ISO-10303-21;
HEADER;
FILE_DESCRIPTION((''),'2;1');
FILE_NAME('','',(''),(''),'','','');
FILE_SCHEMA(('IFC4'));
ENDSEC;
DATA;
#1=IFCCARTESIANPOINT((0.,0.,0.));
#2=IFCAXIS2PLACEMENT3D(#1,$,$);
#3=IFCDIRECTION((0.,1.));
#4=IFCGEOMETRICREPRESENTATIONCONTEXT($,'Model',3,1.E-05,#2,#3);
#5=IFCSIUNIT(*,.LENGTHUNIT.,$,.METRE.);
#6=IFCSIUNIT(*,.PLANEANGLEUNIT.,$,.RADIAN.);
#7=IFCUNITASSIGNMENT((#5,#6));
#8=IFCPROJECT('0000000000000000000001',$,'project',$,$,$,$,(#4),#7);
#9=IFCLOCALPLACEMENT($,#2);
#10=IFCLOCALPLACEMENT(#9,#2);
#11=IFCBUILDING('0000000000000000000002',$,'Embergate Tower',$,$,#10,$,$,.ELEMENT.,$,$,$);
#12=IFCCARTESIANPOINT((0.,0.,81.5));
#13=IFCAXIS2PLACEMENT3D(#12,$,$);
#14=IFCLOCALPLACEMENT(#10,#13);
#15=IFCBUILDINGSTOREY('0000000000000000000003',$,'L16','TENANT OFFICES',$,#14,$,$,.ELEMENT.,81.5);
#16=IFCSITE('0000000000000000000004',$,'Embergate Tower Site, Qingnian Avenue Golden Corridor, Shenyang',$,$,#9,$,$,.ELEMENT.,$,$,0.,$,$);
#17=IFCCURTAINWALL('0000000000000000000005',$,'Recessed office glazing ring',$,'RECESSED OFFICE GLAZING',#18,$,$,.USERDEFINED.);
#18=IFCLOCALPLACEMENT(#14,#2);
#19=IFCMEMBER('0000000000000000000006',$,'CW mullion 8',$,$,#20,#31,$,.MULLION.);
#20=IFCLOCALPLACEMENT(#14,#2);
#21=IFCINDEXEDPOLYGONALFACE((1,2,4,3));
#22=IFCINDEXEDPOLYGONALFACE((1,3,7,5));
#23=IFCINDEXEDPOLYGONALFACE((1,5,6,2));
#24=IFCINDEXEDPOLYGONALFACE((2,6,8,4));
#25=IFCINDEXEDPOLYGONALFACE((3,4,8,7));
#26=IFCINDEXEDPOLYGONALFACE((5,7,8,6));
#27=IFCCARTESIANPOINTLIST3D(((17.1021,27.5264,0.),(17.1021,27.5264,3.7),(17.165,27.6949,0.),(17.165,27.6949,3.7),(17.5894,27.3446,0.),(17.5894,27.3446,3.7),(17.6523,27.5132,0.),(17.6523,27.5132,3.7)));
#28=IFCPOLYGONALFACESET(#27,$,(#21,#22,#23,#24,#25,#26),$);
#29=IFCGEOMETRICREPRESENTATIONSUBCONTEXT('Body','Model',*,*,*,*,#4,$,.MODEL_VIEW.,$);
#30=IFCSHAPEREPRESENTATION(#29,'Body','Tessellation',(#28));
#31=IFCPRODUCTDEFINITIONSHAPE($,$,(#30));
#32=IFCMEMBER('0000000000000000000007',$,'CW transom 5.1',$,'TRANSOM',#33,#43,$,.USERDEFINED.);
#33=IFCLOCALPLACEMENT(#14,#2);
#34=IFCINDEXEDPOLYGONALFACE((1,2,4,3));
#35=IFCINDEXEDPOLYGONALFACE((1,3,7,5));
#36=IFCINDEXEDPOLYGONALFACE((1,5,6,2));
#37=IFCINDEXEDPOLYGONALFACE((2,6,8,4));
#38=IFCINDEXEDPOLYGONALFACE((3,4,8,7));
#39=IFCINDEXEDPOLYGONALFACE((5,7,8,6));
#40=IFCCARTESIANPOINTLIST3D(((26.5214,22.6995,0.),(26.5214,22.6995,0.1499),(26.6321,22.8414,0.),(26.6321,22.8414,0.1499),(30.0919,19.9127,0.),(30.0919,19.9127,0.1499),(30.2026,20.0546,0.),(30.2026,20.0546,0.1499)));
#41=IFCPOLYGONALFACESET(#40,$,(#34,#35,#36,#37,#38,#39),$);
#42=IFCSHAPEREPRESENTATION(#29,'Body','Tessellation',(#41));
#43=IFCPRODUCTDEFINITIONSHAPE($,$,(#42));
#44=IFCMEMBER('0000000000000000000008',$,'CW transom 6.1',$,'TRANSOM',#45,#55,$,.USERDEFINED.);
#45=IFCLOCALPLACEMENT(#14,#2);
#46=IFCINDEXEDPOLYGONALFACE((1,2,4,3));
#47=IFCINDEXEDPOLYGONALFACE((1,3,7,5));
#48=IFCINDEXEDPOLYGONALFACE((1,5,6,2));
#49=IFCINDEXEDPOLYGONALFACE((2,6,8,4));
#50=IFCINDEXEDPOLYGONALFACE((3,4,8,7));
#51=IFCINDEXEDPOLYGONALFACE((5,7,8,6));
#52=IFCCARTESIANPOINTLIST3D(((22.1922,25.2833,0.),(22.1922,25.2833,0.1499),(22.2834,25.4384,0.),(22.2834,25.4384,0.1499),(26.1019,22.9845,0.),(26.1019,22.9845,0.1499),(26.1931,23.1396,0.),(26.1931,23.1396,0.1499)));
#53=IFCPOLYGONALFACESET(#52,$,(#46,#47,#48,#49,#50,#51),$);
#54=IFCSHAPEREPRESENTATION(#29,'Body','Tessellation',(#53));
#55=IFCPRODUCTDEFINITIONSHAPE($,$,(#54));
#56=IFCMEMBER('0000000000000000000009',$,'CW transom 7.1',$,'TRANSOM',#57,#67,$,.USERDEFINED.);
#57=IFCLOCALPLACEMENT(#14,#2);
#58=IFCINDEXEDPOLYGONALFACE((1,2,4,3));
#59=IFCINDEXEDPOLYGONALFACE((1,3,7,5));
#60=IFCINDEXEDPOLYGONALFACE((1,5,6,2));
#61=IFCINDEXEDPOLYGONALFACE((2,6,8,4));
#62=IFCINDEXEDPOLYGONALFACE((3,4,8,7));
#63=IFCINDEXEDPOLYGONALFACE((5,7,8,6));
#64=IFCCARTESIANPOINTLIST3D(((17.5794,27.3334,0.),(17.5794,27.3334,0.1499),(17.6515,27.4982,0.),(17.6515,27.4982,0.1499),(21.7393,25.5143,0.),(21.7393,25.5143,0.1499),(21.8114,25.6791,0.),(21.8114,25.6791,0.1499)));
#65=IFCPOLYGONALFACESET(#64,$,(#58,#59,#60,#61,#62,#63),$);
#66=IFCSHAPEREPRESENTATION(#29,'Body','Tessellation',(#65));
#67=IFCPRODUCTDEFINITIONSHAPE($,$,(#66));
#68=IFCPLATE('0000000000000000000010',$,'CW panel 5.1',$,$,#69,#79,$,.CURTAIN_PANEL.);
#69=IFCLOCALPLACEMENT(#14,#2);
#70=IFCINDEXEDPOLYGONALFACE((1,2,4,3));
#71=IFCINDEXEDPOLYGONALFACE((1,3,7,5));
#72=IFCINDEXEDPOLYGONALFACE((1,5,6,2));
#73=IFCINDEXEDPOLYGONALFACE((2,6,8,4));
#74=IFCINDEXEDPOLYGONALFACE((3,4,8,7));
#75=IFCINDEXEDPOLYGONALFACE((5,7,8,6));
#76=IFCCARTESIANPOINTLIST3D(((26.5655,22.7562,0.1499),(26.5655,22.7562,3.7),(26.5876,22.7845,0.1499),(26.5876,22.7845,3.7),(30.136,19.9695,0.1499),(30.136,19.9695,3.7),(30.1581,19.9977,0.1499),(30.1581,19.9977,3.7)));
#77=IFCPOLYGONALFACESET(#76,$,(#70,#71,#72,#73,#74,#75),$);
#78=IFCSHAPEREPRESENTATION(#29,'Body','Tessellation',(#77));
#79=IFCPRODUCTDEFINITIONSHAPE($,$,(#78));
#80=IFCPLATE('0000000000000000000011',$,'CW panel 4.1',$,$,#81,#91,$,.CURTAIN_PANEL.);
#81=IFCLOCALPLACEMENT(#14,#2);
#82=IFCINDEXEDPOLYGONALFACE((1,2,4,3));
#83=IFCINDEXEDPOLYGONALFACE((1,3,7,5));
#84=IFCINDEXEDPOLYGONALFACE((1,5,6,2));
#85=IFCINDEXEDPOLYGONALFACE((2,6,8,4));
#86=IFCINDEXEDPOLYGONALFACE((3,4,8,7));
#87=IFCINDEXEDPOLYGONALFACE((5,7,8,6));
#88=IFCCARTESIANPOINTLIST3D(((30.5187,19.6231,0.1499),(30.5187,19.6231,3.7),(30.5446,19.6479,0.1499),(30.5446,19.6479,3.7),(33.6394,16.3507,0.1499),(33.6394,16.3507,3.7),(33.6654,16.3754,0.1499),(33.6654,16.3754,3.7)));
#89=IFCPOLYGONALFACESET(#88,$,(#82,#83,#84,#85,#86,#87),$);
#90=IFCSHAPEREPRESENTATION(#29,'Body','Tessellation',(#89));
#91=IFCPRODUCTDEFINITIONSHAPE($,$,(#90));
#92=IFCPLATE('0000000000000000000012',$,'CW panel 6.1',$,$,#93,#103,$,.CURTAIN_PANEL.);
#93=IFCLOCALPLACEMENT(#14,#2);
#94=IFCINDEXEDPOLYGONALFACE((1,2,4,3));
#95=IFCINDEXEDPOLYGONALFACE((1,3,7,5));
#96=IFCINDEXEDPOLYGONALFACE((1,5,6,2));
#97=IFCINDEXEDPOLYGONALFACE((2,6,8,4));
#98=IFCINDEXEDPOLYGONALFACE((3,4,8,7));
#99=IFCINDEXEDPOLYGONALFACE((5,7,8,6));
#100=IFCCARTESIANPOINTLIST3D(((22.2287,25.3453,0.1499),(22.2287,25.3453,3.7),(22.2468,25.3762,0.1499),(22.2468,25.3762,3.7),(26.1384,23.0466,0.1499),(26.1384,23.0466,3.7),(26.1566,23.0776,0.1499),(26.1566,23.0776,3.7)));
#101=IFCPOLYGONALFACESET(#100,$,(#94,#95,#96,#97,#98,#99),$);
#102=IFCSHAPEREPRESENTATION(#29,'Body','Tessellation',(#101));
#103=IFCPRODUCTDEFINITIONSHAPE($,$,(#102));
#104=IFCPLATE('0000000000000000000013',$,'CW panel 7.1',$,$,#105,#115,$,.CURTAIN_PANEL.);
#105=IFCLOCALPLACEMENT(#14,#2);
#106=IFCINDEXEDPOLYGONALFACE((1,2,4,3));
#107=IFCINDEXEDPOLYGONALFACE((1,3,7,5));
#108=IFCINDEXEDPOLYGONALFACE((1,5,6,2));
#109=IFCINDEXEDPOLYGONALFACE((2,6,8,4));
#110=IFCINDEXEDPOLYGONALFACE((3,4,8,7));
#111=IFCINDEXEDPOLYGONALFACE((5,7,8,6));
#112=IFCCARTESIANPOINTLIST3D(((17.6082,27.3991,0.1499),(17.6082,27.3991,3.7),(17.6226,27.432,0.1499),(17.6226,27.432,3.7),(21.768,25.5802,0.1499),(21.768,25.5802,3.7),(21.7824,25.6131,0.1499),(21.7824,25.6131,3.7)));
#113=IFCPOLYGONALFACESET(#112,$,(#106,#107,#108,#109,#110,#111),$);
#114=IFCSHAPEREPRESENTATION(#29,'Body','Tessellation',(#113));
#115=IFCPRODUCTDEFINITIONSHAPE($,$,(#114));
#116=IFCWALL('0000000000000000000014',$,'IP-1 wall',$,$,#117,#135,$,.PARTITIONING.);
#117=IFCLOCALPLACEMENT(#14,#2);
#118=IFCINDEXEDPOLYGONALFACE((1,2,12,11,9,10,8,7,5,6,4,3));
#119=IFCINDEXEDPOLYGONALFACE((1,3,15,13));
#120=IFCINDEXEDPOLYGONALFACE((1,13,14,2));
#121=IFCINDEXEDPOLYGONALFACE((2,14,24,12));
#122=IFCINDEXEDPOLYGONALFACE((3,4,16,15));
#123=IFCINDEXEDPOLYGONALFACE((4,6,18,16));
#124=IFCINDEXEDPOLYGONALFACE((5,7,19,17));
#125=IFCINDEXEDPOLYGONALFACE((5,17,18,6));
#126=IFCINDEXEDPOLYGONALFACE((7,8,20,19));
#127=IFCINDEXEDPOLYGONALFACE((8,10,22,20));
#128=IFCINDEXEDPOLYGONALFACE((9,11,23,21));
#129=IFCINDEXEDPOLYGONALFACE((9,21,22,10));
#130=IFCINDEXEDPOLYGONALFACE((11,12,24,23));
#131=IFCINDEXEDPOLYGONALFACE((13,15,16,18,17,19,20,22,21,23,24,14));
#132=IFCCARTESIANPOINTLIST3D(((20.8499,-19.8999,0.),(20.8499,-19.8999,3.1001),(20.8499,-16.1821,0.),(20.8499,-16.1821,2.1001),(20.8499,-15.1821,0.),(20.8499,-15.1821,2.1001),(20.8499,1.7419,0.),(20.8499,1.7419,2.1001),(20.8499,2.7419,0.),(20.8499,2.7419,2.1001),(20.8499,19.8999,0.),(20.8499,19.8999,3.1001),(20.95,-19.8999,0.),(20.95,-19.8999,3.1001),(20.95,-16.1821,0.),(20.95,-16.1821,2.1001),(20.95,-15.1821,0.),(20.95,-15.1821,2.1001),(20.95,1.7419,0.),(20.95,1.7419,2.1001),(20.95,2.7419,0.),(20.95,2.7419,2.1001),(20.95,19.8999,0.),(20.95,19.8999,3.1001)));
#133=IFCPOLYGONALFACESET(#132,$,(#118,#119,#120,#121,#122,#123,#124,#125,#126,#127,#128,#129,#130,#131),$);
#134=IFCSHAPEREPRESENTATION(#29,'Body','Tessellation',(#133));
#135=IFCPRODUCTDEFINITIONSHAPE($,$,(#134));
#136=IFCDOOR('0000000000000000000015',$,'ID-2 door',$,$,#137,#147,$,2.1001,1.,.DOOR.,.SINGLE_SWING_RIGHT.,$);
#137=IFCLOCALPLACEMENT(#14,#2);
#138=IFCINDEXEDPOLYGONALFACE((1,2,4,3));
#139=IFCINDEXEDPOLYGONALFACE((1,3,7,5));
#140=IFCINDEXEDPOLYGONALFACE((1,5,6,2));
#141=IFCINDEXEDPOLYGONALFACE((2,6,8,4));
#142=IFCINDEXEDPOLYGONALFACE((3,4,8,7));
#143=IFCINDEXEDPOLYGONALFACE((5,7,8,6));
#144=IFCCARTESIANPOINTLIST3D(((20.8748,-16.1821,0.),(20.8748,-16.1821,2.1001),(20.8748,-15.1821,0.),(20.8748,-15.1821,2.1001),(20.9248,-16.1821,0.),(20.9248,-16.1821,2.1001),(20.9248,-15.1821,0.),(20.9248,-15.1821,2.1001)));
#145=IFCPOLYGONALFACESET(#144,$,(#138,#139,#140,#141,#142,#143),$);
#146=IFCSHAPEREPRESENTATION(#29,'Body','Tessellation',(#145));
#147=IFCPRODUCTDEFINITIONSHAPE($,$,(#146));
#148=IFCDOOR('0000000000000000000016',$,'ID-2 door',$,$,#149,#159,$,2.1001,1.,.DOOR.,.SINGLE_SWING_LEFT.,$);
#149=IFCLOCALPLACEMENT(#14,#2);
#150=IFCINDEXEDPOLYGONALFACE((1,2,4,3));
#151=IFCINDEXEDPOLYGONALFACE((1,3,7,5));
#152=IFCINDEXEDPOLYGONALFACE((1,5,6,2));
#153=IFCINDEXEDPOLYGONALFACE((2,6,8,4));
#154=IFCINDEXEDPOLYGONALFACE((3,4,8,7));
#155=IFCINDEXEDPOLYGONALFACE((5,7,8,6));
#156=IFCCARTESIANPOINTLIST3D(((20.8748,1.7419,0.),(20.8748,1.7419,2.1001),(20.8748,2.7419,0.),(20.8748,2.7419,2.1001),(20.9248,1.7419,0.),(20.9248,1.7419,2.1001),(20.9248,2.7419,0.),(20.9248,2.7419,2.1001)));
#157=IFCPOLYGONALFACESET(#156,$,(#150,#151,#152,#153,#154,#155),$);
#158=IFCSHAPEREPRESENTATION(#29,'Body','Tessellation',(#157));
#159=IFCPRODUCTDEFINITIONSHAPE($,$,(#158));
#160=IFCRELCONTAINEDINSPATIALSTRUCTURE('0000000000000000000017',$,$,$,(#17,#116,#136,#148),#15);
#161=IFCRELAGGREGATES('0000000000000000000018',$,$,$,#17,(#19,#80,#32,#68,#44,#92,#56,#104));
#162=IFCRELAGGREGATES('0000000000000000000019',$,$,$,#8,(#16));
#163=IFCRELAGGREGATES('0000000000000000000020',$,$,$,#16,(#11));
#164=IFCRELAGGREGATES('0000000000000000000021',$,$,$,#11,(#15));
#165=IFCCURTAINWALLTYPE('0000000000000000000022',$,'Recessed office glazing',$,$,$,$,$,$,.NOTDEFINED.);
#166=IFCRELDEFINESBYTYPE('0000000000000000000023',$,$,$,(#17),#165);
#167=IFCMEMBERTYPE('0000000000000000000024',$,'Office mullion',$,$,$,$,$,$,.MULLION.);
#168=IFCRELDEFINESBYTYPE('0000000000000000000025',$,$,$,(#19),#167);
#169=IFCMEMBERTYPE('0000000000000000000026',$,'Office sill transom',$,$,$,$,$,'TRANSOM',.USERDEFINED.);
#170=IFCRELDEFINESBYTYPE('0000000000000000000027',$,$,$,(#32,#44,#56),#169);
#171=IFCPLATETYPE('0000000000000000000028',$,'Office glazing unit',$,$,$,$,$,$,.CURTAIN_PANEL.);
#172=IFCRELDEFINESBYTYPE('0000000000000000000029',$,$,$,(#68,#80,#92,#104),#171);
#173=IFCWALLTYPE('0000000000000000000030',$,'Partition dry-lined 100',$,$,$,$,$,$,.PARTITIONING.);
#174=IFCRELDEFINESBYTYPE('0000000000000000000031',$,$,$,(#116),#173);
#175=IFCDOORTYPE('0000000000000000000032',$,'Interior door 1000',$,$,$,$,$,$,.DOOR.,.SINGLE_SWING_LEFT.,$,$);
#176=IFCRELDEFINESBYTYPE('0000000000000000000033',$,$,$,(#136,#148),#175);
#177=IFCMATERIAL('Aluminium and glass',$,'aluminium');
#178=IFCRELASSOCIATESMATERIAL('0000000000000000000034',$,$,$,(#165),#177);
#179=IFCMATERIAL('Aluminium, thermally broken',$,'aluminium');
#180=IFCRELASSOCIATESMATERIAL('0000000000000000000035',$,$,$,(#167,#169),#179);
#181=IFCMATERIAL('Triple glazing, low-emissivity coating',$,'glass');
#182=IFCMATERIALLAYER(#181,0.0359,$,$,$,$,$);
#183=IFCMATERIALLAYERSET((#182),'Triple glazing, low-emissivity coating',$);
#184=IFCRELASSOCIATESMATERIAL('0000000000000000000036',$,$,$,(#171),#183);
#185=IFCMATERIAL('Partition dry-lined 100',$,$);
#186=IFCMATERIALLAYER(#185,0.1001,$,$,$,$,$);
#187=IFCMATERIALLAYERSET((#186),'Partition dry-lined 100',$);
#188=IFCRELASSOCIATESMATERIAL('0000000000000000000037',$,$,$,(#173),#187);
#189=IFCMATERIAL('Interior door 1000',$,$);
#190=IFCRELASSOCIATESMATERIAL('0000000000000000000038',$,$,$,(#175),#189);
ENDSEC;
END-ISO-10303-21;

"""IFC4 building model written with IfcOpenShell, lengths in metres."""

from ifc_helpers import new_model, si_unit, direction, frame, frame_2d, origin, origin_2d, place, context, subcontext, project, spatial, rectangle, extrude, source, transform, mapped, material, layer, layer_set, material_profile, profile_set, type_object, element, fill, aggregate, save


model = new_model("IFC4")

# Units and contexts
model_context = context("Model", 3, precision=1e-05, world=origin(), true_north=direction((0.0, 1.0)))
body_context = subcontext(model_context, "Body", "Model", "MODEL_VIEW")
ifc_project = project(units=[si_unit("LENGTHUNIT", "METRE"), si_unit("PLANEANGLEUNIT", "RADIAN")], contexts=[model_context])

# Site, building, storey
site_placement = place(None, origin())
site = spatial("IfcSite", under=ifc_project, at=site_placement, Name="Embergate Tower Site, Qingnian Avenue Golden Corridor, Shenyang", CompositionType="ELEMENT", RefElevation=0.0)
building_placement = place(site_placement, origin())
building = spatial("IfcBuilding", under=site, at=building_placement, Name="Embergate Tower", CompositionType="ELEMENT")
storey_placement = place(building_placement, frame((0.0, 0.0, 81.5)))
storey = spatial("IfcBuildingStorey", under=building, at=storey_placement, Name="L16", Description="TENANT OFFICES", CompositionType="ELEMENT", Elevation=81.5)

# Curtain wall, members, plates
ifc_material_1 = material(Name="Aluminium and glass", Category="aluminium")
curtain_wall_type = type_object("IfcCurtainWallType", Name="Recessed office glazing", PredefinedType="NOTDEFINED", material=ifc_material_1)
curtain_wall_placement = place(storey_placement, origin())
curtain_wall = element("IfcCurtainWall", 1, at=curtain_wall_placement, inside=storey, type_object=curtain_wall_type, Name="Recessed office glazing ring", ObjectType="RECESSED OFFICE GLAZING", PredefinedType="USERDEFINED")
ifc_material_2 = material(Name="Aluminium, thermally broken", Category="aluminium")
ifc_material_profile_1 = material_profile(ifc_material_2, rectangle(XDim=0.1799, YDim=0.52, at=origin_2d()), Name="AL 520x180")
ifc_profile_set_1 = profile_set([ifc_material_profile_1], Name="Aluminium, thermally broken")
member_type_1 = type_object("IfcMemberType", Name="Office mullion", PredefinedType="MULLION", material=ifc_profile_set_1)
shared_shape_1 = source(origin(), body_context, "Body", "SweptSolid", [
    extrude(rectangle(XDim=0.1799, YDim=0.52, at=origin_2d()), origin(), (0.0, 0.0, 1.0), 3.7),
])
member_1_placement = place(storey_placement, frame((17.3772, 27.5198, 0.0), z_axis=(0.0, 0.0, 1.0), x_axis=(-0.349503, -0.936935, 0.0)))
member_1 = element("IfcMember", 2, at=member_1_placement, type_object=member_type_1, Name="CW mullion 8", PredefinedType="MULLION", context=body_context, shape_type="MappedRepresentation", body=[
    mapped(shared_shape_1, transform((0.0, 0.0, 0.0))),
])
ifc_material_profile_2 = material_profile(ifc_material_2, rectangle(XDim=0.1799, YDim=0.1499, at=origin_2d()), Name="AL 150x180")
ifc_profile_set_2 = profile_set([ifc_material_profile_2], Name="Aluminium, thermally broken")
member_type_2 = type_object("IfcMemberType", Name="Office sill transom", ElementType="TRANSOM", PredefinedType="USERDEFINED", material=ifc_profile_set_2)
shared_shape_2 = source(origin(), body_context, "Body", "SweptSolid", [
    extrude(rectangle(XDim=0.1799, YDim=0.1499, at=origin_2d()), origin(), (0.0, 0.0, 1.0), 4.5293),
])
member_2_placement = place(storey_placement, frame((30.1472, 19.9836, 0.075), z_axis=(-0.788306, 0.615283, 0.0), x_axis=(-0.615283, -0.788306, 0.0)))
member_2 = element("IfcMember", 3, at=member_2_placement, type_object=member_type_2, Name="CW transom 5.1", ObjectType="TRANSOM", PredefinedType="USERDEFINED", context=body_context, shape_type="MappedRepresentation", body=[
    mapped(shared_shape_2, transform((0.0, 0.0, 0.0))),
])
shared_shape_3 = source(origin(), body_context, "Body", "SweptSolid", [
    extrude(rectangle(XDim=0.1799, YDim=0.1499, at=origin_2d()), origin(), (0.0, 0.0, 1.0), 4.5354),
])
member_3_placement = place(storey_placement, frame((26.1475, 23.062, 0.075), z_axis=(-0.862028, 0.50686, 0.0), x_axis=(-0.50686, -0.862028, 0.0)))
member_3 = element("IfcMember", 4, at=member_3_placement, type_object=member_type_2, Name="CW transom 6.1", ObjectType="TRANSOM", PredefinedType="USERDEFINED", context=body_context, shape_type="MappedRepresentation", body=[
    mapped(shared_shape_3, transform((0.0, 0.0, 0.0))),
])
shared_shape_4 = source(origin(), body_context, "Body", "SweptSolid", [
    extrude(rectangle(XDim=0.1799, YDim=0.1499, at=origin_2d()), origin(), (0.0, 0.0, 1.0), 4.5403),
])
member_4_placement = place(storey_placement, frame((21.7754, 25.5967, 0.075), z_axis=(-0.916228, 0.400658, 0.0), x_axis=(-0.400658, -0.916228, 0.0)))
member_4 = element("IfcMember", 5, at=member_4_placement, type_object=member_type_2, Name="CW transom 7.1", ObjectType="TRANSOM", PredefinedType="USERDEFINED", context=body_context, shape_type="MappedRepresentation", body=[
    mapped(shared_shape_4, transform((0.0, 0.0, 0.0))),
])
ifc_material_3 = material(Name="Triple glazing, low-emissivity coating", Category="glass")
ifc_layer_1 = layer(ifc_material_3, 0.0359)
ifc_layer_set_1 = layer_set([ifc_layer_1], Name="Triple glazing, low-emissivity coating")
plate_type = type_object("IfcPlateType", Name="Office glazing unit", PredefinedType="CURTAIN_PANEL", material=ifc_layer_set_1)
shared_shape_5 = source(origin(), body_context, "Body", "SweptSolid", [
    extrude(rectangle(XDim=4.5293, YDim=0.0359, at=origin_2d()), origin(), (0.0, 0.0, 1.0), 3.55),
])
plate_1_placement = place(storey_placement, frame((28.3618, 21.377, 0.1499), z_axis=(0.0, 0.0, 1.0), x_axis=(-0.788321, 0.615264, 0.0)))
plate_1 = element("IfcPlate", 6, at=plate_1_placement, type_object=plate_type, Name="CW panel 5.1", PredefinedType="CURTAIN_PANEL", context=body_context, shape_type="MappedRepresentation", body=[
    mapped(shared_shape_5, transform((0.0, 0.0, 0.0))),
])
shared_shape_6 = source(origin(), body_context, "Body", "SweptSolid", [
    extrude(rectangle(XDim=4.522, YDim=0.0359, at=origin_2d()), origin(), (0.0, 0.0, 1.0), 3.55),
])
plate_2_placement = place(storey_placement, frame((32.092, 17.9993, 0.1499), z_axis=(0.0, 0.0, 1.0), x_axis=(-0.690135, 0.723681, 0.0)))
plate_2 = element("IfcPlate", 7, at=plate_2_placement, type_object=plate_type, Name="CW panel 4.1", PredefinedType="CURTAIN_PANEL", context=body_context, shape_type="MappedRepresentation", body=[
    mapped(shared_shape_6, transform((0.0, 0.0, 0.0))),
])
shared_shape_7 = source(origin(), body_context, "Body", "SweptSolid", [
    extrude(rectangle(XDim=4.5354, YDim=0.0359, at=origin_2d()), origin(), (0.0, 0.0, 1.0), 3.55),
])
plate_3_placement = place(storey_placement, frame((24.1926, 24.2114, 0.1499), z_axis=(0.0, 0.0, 1.0), x_axis=(-0.862053, 0.506818, 0.0)))
plate_3 = element("IfcPlate", 8, at=plate_3_placement, type_object=plate_type, Name="CW panel 6.1", PredefinedType="CURTAIN_PANEL", context=body_context, shape_type="MappedRepresentation", body=[
    mapped(shared_shape_7, transform((0.0, 0.0, 0.0))),
])
shared_shape_8 = source(origin(), body_context, "Body", "SweptSolid", [
    extrude(rectangle(XDim=4.54, YDim=0.0359, at=origin_2d()), origin(), (0.0, 0.0, 1.0), 3.55),
])
plate_4_placement = place(storey_placement, frame((19.6953, 26.5061, 0.1499), z_axis=(0.0, 0.0, 1.0), x_axis=(-0.916236, 0.400638, 0.0)))
plate_4 = element("IfcPlate", 9, at=plate_4_placement, type_object=plate_type, Name="CW panel 7.1", PredefinedType="CURTAIN_PANEL", context=body_context, shape_type="MappedRepresentation", body=[
    mapped(shared_shape_8, transform((0.0, 0.0, 0.0))),
])
aggregate(curtain_wall, [member_1, plate_2, member_2, plate_1, member_3, plate_3, member_4, plate_4])

# Wall, openings, doors
ifc_material_4 = material(Name="Partition dry-lined 100")
ifc_layer_2 = layer(ifc_material_4, 0.1001)
ifc_layer_set_2 = layer_set([ifc_layer_2], Name="Partition dry-lined 100")
wall_type = type_object("IfcWallType", Name="Partition dry-lined 100", PredefinedType="PARTITIONING", material=ifc_layer_set_2)
shared_shape_9 = source(origin(), body_context, "Body", "SweptSolid", [
    extrude(rectangle(XDim=39.7998, YDim=0.1001, at=frame_2d((19.8999, 0.0))), origin(), (0.0, 0.0, 1.0), 3.1001),
])
wall_placement = place(storey_placement, frame((20.8999, 19.8999, 0.0), z_axis=(0.0, 0.0, 1.0), x_axis=(0.0, -1.0, 0.0)))
wall = element("IfcWall", 10, at=wall_placement, inside=storey, type_object=wall_type, Name="IP-1 wall", PredefinedType="PARTITIONING", context=body_context, shape_type="MappedRepresentation", body=[
    mapped(shared_shape_9, transform((0.0, 0.0, 0.0))),
])
shared_shape_10 = source(origin(), body_context, "Body", "SweptSolid", [
    extrude(rectangle(XDim=1.0, YDim=2.1001, at=frame_2d((0.5, 1.05))), frame((0.0, 0.0601, 0.0), z_axis=(0.0, -1.0, 0.0), x_axis=(1.0, 0.0, 0.0)), (0.0, 0.0, 1.0), 0.1201),
])
opening_1_placement = place(wall_placement, frame((35.082, 0.0, 0.0)))
opening_1 = element("IfcOpeningElement", 11, at=opening_1_placement, cuts=wall, PredefinedType="OPENING", context=body_context, shape_type="MappedRepresentation", body=[
    mapped(shared_shape_10, transform((0.0, 0.0, 0.0))),
])
opening_2_placement = place(wall_placement, frame((17.158, 0.0, 0.0)))
opening_2 = element("IfcOpeningElement", 12, at=opening_2_placement, cuts=wall, PredefinedType="OPENING", context=body_context, shape_type="MappedRepresentation", body=[
    mapped(shared_shape_10, transform((0.0, 0.0, 0.0))),
])
ifc_material_5 = material(Name="Interior door 1000")
door_type = type_object("IfcDoorType", Name="Interior door 1000", OperationType="SINGLE_SWING_LEFT", PredefinedType="DOOR", material=ifc_material_5)
shared_shape_11 = source(origin(), body_context, "Body", "SweptSolid", [
    extrude(rectangle(XDim=1.0, YDim=2.1001, at=frame_2d((0.5, 1.05))), frame((0.0, 0.0249, 0.0), z_axis=(0.0, -1.0, 0.0), x_axis=(1.0, 0.0, 0.0)), (0.0, 0.0, 1.0), 0.05),
])
door_1_placement = place(opening_1_placement, origin())
door_1 = element("IfcDoor", 13, at=door_1_placement, inside=storey, type_object=door_type, Name="ID-2 door", OperationType="SINGLE_SWING_RIGHT", OverallHeight=2.1001, OverallWidth=1.0, PredefinedType="DOOR", context=body_context, shape_type="MappedRepresentation", body=[
    mapped(shared_shape_11, transform((0.0, 0.0, 0.0))),
])
fill(opening_1, door_1)
door_2_placement = place(opening_2_placement, origin())
door_2 = element("IfcDoor", 14, at=door_2_placement, inside=storey, type_object=door_type, Name="ID-2 door", OperationType="SINGLE_SWING_LEFT", OverallHeight=2.1001, OverallWidth=1.0, PredefinedType="DOOR", context=body_context, shape_type="MappedRepresentation", body=[
    mapped(shared_shape_11, transform((0.0, 0.0, 0.0))),
])
fill(opening_2, door_2)

save(model, "model.ifc")
